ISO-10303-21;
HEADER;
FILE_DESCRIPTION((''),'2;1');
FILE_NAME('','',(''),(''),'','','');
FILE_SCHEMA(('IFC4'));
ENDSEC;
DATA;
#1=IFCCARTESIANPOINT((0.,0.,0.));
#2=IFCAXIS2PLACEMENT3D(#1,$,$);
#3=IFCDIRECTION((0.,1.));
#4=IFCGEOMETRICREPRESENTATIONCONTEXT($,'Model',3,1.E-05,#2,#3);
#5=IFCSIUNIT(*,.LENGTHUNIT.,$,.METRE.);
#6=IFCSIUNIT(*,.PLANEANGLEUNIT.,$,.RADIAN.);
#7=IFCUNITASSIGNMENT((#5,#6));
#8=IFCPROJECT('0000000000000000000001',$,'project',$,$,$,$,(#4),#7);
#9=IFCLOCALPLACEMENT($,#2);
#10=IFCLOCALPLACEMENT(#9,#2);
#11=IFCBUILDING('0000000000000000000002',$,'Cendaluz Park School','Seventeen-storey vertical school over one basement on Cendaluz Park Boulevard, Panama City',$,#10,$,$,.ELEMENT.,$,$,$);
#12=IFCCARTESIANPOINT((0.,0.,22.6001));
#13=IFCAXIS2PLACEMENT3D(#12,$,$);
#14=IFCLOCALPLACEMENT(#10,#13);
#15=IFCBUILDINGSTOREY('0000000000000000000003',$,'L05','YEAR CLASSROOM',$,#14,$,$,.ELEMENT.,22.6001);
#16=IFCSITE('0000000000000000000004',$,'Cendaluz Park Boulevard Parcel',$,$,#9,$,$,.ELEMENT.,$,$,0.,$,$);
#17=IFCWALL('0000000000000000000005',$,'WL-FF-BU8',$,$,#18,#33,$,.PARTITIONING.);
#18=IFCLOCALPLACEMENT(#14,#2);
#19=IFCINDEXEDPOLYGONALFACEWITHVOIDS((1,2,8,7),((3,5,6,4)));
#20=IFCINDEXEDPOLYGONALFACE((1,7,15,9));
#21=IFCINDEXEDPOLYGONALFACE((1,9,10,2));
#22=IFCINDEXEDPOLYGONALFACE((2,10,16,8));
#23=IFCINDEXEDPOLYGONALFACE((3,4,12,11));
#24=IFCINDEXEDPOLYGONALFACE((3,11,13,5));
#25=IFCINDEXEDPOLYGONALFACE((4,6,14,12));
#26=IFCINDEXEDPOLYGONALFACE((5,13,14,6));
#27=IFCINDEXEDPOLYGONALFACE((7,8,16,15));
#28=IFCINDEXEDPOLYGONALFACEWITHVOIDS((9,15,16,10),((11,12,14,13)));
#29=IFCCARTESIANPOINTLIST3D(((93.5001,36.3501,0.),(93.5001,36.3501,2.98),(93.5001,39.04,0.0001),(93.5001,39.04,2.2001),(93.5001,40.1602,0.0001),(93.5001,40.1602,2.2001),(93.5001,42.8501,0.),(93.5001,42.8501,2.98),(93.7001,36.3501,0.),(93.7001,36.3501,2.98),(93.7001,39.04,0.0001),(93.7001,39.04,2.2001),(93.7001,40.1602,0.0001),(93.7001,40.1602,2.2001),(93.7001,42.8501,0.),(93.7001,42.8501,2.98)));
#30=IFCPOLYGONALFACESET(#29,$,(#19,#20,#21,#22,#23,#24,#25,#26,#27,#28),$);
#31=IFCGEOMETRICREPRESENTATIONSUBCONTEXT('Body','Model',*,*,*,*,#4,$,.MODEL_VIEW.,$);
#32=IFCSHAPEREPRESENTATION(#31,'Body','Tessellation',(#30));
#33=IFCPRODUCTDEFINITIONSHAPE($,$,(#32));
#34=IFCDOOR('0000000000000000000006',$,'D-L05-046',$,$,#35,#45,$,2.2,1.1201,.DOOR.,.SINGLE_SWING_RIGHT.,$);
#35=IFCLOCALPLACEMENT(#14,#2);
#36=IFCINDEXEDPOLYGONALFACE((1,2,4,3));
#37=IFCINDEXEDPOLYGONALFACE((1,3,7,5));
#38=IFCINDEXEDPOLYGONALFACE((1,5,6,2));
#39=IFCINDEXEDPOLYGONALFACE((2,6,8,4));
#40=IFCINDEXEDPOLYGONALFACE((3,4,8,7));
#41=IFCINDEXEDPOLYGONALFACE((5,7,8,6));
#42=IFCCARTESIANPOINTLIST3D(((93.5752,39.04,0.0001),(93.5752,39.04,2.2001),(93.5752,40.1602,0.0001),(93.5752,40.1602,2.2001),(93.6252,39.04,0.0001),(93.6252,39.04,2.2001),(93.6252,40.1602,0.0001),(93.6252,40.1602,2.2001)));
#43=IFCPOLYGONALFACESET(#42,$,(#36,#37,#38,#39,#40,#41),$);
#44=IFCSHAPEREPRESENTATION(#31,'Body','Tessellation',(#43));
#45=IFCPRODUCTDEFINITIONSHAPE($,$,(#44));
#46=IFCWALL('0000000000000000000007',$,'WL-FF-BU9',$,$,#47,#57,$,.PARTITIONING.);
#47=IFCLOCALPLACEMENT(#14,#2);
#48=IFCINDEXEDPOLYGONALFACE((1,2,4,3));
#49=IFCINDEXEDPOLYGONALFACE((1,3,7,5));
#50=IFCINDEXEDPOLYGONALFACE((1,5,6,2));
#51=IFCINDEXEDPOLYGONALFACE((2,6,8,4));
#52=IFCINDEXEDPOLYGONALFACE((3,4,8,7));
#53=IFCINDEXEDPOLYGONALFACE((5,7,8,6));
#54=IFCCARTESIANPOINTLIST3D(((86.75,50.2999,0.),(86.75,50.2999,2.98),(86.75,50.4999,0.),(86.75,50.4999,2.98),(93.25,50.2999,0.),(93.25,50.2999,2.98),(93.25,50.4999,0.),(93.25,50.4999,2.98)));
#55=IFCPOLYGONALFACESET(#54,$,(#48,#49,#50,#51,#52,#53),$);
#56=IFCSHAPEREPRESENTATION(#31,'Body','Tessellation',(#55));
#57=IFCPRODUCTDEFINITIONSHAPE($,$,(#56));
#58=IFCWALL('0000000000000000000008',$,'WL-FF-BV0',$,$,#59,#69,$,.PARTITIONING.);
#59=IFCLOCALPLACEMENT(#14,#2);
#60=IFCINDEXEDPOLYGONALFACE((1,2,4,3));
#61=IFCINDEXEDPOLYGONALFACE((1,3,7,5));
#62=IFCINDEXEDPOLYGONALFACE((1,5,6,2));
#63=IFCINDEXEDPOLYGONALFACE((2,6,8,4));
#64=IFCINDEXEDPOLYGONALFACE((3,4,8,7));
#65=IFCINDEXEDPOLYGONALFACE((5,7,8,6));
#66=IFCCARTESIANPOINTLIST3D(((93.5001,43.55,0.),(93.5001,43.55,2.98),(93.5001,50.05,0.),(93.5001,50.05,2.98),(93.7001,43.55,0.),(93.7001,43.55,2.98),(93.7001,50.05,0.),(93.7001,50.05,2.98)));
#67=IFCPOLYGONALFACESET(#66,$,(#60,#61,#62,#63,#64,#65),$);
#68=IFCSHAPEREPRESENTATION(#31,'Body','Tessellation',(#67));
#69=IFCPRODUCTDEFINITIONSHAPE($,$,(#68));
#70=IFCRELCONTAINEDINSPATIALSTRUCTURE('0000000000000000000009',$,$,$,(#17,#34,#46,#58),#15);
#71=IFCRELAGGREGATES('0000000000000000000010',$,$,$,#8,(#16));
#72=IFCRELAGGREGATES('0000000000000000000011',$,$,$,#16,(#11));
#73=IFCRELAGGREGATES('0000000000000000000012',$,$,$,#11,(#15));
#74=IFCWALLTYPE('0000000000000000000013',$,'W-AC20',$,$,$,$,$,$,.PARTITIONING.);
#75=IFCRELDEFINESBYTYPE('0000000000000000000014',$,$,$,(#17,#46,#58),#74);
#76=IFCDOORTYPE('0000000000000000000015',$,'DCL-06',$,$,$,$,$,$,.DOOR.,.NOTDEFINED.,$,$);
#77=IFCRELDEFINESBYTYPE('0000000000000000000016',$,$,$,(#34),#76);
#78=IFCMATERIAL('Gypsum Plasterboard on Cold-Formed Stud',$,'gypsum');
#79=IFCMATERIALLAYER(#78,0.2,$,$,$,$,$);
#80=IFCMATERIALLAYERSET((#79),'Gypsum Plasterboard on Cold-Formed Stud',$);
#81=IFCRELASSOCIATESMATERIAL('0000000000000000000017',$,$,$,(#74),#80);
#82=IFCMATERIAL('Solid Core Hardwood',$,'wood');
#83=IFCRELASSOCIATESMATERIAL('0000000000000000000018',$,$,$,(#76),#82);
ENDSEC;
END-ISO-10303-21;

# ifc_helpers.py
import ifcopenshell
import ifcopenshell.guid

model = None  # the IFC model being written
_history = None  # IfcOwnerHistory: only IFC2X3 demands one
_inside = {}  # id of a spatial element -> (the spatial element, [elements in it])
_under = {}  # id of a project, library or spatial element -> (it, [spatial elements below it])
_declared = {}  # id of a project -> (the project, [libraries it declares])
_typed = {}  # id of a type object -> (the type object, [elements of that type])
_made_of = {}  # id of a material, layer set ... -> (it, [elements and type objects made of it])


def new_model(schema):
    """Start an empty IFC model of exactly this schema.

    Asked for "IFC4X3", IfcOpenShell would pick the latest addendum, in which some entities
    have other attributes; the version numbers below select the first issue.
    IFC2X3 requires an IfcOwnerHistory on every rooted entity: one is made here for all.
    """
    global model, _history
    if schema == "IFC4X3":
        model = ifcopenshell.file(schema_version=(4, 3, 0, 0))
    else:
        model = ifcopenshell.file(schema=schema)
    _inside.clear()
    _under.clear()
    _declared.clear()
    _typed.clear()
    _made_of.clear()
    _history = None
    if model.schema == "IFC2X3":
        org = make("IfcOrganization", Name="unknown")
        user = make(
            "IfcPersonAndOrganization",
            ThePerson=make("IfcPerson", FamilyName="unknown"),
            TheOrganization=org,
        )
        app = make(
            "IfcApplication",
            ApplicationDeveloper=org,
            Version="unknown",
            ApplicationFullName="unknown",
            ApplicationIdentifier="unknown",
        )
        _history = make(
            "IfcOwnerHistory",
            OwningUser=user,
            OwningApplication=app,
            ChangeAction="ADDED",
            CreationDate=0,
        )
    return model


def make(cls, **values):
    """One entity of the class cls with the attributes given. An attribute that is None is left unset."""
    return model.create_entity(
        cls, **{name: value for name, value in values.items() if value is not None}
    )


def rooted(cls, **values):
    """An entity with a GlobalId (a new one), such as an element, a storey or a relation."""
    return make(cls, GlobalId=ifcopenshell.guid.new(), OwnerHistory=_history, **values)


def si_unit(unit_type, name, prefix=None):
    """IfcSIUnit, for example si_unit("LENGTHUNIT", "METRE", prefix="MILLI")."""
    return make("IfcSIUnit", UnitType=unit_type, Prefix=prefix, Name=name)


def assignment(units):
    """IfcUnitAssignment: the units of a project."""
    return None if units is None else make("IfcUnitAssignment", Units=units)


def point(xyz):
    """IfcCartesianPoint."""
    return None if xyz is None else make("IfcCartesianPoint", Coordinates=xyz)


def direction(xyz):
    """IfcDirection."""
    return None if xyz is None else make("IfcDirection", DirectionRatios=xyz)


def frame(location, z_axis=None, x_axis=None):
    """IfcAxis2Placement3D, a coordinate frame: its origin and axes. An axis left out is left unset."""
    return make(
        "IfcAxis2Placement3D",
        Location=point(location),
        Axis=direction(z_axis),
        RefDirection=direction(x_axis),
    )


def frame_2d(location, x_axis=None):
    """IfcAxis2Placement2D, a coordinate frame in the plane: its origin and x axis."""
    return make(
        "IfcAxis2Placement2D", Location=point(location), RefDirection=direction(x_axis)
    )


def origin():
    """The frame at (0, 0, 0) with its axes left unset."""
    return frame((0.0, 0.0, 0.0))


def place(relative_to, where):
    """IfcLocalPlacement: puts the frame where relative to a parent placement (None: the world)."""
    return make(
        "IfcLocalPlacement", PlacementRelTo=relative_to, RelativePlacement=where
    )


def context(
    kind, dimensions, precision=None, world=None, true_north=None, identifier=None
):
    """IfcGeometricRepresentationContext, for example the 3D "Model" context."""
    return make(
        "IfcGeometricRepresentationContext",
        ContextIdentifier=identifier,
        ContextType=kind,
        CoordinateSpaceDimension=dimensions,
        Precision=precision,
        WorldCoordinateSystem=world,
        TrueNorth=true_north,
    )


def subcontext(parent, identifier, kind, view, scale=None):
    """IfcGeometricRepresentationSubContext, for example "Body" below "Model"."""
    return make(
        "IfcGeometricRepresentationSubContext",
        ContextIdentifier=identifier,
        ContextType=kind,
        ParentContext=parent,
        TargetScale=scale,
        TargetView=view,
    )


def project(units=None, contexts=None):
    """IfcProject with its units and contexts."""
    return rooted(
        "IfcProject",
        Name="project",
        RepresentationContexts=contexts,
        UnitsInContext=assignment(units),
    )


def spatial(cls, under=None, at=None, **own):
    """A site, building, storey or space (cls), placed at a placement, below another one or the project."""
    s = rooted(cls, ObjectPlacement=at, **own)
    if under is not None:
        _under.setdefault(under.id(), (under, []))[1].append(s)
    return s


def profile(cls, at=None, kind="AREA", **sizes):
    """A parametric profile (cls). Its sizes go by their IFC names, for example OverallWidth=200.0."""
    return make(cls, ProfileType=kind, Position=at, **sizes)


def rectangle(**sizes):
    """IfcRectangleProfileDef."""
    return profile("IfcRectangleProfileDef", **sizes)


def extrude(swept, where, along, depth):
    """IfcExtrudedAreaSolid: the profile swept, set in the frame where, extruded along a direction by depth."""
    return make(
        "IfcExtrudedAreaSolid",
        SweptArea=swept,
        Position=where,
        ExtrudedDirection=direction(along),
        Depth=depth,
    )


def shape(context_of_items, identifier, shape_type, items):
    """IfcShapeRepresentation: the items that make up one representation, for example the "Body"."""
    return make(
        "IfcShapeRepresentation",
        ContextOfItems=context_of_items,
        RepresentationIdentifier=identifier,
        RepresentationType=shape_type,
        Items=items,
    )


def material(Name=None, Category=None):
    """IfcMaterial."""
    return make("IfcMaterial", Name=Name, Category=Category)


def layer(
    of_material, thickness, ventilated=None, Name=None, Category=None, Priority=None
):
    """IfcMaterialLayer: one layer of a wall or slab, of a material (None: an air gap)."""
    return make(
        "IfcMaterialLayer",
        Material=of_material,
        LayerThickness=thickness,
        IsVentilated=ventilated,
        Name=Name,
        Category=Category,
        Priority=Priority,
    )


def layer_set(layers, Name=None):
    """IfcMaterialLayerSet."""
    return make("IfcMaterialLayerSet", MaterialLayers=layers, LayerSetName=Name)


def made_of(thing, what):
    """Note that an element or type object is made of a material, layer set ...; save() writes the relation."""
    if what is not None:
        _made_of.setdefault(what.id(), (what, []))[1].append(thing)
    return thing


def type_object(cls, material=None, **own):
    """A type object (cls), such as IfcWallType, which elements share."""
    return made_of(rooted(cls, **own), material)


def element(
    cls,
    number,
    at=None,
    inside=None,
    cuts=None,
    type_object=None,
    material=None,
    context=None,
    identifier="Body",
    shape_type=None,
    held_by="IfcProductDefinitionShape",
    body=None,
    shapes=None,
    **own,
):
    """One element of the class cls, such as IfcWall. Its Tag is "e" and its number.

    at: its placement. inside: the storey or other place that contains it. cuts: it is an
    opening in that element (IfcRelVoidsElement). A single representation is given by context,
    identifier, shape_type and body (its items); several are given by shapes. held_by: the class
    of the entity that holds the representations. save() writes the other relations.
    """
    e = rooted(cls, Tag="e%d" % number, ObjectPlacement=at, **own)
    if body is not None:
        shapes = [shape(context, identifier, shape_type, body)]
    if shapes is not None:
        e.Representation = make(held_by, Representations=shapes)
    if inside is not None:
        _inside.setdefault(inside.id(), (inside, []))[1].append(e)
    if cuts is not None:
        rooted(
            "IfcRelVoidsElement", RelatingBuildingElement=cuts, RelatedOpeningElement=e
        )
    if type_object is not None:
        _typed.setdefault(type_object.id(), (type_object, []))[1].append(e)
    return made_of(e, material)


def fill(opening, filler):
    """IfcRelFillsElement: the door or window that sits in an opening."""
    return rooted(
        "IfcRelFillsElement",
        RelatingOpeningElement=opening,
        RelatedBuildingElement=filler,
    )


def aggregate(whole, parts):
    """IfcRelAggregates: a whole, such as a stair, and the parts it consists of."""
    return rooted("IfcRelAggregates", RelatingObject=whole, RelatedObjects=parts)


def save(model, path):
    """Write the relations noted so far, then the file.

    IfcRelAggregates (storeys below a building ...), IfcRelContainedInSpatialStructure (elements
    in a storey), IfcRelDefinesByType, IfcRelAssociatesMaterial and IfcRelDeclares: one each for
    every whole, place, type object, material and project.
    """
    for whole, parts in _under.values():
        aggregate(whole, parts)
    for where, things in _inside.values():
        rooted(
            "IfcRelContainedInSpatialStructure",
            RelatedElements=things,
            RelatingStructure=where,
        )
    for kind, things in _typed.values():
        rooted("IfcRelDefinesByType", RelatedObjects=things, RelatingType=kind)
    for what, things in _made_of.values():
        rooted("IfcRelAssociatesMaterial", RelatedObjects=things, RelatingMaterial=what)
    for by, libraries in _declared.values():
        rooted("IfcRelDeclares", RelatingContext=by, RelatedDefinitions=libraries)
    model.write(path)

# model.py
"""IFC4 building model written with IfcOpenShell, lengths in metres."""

from ifc_helpers import new_model, si_unit, direction, frame, frame_2d, origin, place, context, subcontext, project, spatial, rectangle, extrude, material, layer, layer_set, type_object, element, fill, save


model = new_model("IFC4")

# Units and contexts
model_context = context("Model", 3, precision=1e-05, world=origin(), true_north=direction((0.0, 1.0)))
body_context = subcontext(model_context, "Body", "Model", "MODEL_VIEW")
ifc_project = project(units=[si_unit("LENGTHUNIT", "METRE"), si_unit("PLANEANGLEUNIT", "RADIAN")], contexts=[model_context])

# Site, building, storey
site_placement = place(None, origin())
site = spatial("IfcSite", under=ifc_project, at=site_placement, Name="Cendaluz Park Boulevard Parcel", CompositionType="ELEMENT", RefElevation=0.0)
building_placement = place(site_placement, origin())
building = spatial("IfcBuilding", under=site, at=building_placement, Name="Cendaluz Park School", Description="Seventeen-storey vertical school over one basement on Cendaluz Park Boulevard, Panama City", CompositionType="ELEMENT")
storey_placement = place(building_placement, frame((0.0, 0.0, 22.6001)))
storey = spatial("IfcBuildingStorey", under=building, at=storey_placement, Name="L05", Description="YEAR CLASSROOM", CompositionType="ELEMENT", Elevation=22.6001)

# Shared definitions
ifc_material_1 = material(Name="Gypsum Plasterboard on Cold-Formed Stud", Category="gypsum")
ifc_layer = layer(ifc_material_1, 0.2)
ifc_layer_set = layer_set([ifc_layer], Name="Gypsum Plasterboard on Cold-Formed Stud")
wall_type = type_object("IfcWallType", Name="W-AC20", PredefinedType="PARTITIONING", material=ifc_layer_set)

# Wall, opening, door
wall_placement = place(storey_placement, frame((93.6001, 36.3501, 0.0), z_axis=(0.0, 0.0, 1.0), x_axis=(0.0, 1.0, 0.0)))
wall = element("IfcWall", 1, at=wall_placement, inside=storey, type_object=wall_type, Name="WL-FF-BU8", PredefinedType="PARTITIONING", context=body_context, shape_type="SweptSolid", body=[
    extrude(rectangle(XDim=6.5, YDim=0.2, at=frame_2d((3.25, 0.0))), origin(), (0.0, 0.0, 1.0), 2.98),
])
opening_placement = place(wall_placement, frame((2.6899, 0.0, 0.0)))
opening = element("IfcOpeningElement", 2, at=opening_placement, cuts=wall, PredefinedType="OPENING", context=body_context, shape_type="SweptSolid", body=[
    extrude(rectangle(XDim=1.1201, YDim=2.2, at=frame_2d((0.5601, 1.1001))), frame((0.0, 0.1121, 0.0), z_axis=(0.0, -1.0, 0.0), x_axis=(1.0, 0.0, 0.0)), (0.0, 0.0, 1.0), 0.2239),
])
ifc_material_2 = material(Name="Solid Core Hardwood", Category="wood")
door_type = type_object("IfcDoorType", Name="DCL-06", OperationType="NOTDEFINED", PredefinedType="DOOR", material=ifc_material_2)
door_placement = place(opening_placement, origin())
door = element("IfcDoor", 3, at=door_placement, inside=storey, type_object=door_type, Name="D-L05-046", OperationType="SINGLE_SWING_RIGHT", OverallHeight=2.2, OverallWidth=1.1201, PredefinedType="DOOR", context=body_context, shape_type="SweptSolid", body=[
    extrude(rectangle(XDim=1.1201, YDim=2.2, at=frame_2d((0.5601, 1.1001))), frame((0.0, 0.0249, 0.0), z_axis=(0.0, -1.0, 0.0), x_axis=(1.0, 0.0, 0.0)), (0.0, 0.0, 1.0), 0.05),
])
fill(opening, door)

# Walls
for number, where, z_axis, x_axis, name in (
    (4, (86.75, 50.3999, 0.0), (0.0, 0.0, 1.0), (1.0, 0.0, 0.0), "WL-FF-BU9"),
    (5, (93.6001, 43.55, 0.0), (0.0, 0.0, 1.0), (0.0, 1.0, 0.0), "WL-FF-BV0"),
):
    element("IfcWall", number, at=place(storey_placement, frame(where, z_axis=z_axis, x_axis=x_axis)), inside=storey, type_object=wall_type, Name=name, PredefinedType="PARTITIONING", context=body_context, shape_type="SweptSolid", body=[
        extrude(rectangle(XDim=6.5, YDim=0.2, at=frame_2d((3.25, 0.0))), origin(), (0.0, 0.0, 1.0), 2.98),
    ])

save(model, "model.ifc")
